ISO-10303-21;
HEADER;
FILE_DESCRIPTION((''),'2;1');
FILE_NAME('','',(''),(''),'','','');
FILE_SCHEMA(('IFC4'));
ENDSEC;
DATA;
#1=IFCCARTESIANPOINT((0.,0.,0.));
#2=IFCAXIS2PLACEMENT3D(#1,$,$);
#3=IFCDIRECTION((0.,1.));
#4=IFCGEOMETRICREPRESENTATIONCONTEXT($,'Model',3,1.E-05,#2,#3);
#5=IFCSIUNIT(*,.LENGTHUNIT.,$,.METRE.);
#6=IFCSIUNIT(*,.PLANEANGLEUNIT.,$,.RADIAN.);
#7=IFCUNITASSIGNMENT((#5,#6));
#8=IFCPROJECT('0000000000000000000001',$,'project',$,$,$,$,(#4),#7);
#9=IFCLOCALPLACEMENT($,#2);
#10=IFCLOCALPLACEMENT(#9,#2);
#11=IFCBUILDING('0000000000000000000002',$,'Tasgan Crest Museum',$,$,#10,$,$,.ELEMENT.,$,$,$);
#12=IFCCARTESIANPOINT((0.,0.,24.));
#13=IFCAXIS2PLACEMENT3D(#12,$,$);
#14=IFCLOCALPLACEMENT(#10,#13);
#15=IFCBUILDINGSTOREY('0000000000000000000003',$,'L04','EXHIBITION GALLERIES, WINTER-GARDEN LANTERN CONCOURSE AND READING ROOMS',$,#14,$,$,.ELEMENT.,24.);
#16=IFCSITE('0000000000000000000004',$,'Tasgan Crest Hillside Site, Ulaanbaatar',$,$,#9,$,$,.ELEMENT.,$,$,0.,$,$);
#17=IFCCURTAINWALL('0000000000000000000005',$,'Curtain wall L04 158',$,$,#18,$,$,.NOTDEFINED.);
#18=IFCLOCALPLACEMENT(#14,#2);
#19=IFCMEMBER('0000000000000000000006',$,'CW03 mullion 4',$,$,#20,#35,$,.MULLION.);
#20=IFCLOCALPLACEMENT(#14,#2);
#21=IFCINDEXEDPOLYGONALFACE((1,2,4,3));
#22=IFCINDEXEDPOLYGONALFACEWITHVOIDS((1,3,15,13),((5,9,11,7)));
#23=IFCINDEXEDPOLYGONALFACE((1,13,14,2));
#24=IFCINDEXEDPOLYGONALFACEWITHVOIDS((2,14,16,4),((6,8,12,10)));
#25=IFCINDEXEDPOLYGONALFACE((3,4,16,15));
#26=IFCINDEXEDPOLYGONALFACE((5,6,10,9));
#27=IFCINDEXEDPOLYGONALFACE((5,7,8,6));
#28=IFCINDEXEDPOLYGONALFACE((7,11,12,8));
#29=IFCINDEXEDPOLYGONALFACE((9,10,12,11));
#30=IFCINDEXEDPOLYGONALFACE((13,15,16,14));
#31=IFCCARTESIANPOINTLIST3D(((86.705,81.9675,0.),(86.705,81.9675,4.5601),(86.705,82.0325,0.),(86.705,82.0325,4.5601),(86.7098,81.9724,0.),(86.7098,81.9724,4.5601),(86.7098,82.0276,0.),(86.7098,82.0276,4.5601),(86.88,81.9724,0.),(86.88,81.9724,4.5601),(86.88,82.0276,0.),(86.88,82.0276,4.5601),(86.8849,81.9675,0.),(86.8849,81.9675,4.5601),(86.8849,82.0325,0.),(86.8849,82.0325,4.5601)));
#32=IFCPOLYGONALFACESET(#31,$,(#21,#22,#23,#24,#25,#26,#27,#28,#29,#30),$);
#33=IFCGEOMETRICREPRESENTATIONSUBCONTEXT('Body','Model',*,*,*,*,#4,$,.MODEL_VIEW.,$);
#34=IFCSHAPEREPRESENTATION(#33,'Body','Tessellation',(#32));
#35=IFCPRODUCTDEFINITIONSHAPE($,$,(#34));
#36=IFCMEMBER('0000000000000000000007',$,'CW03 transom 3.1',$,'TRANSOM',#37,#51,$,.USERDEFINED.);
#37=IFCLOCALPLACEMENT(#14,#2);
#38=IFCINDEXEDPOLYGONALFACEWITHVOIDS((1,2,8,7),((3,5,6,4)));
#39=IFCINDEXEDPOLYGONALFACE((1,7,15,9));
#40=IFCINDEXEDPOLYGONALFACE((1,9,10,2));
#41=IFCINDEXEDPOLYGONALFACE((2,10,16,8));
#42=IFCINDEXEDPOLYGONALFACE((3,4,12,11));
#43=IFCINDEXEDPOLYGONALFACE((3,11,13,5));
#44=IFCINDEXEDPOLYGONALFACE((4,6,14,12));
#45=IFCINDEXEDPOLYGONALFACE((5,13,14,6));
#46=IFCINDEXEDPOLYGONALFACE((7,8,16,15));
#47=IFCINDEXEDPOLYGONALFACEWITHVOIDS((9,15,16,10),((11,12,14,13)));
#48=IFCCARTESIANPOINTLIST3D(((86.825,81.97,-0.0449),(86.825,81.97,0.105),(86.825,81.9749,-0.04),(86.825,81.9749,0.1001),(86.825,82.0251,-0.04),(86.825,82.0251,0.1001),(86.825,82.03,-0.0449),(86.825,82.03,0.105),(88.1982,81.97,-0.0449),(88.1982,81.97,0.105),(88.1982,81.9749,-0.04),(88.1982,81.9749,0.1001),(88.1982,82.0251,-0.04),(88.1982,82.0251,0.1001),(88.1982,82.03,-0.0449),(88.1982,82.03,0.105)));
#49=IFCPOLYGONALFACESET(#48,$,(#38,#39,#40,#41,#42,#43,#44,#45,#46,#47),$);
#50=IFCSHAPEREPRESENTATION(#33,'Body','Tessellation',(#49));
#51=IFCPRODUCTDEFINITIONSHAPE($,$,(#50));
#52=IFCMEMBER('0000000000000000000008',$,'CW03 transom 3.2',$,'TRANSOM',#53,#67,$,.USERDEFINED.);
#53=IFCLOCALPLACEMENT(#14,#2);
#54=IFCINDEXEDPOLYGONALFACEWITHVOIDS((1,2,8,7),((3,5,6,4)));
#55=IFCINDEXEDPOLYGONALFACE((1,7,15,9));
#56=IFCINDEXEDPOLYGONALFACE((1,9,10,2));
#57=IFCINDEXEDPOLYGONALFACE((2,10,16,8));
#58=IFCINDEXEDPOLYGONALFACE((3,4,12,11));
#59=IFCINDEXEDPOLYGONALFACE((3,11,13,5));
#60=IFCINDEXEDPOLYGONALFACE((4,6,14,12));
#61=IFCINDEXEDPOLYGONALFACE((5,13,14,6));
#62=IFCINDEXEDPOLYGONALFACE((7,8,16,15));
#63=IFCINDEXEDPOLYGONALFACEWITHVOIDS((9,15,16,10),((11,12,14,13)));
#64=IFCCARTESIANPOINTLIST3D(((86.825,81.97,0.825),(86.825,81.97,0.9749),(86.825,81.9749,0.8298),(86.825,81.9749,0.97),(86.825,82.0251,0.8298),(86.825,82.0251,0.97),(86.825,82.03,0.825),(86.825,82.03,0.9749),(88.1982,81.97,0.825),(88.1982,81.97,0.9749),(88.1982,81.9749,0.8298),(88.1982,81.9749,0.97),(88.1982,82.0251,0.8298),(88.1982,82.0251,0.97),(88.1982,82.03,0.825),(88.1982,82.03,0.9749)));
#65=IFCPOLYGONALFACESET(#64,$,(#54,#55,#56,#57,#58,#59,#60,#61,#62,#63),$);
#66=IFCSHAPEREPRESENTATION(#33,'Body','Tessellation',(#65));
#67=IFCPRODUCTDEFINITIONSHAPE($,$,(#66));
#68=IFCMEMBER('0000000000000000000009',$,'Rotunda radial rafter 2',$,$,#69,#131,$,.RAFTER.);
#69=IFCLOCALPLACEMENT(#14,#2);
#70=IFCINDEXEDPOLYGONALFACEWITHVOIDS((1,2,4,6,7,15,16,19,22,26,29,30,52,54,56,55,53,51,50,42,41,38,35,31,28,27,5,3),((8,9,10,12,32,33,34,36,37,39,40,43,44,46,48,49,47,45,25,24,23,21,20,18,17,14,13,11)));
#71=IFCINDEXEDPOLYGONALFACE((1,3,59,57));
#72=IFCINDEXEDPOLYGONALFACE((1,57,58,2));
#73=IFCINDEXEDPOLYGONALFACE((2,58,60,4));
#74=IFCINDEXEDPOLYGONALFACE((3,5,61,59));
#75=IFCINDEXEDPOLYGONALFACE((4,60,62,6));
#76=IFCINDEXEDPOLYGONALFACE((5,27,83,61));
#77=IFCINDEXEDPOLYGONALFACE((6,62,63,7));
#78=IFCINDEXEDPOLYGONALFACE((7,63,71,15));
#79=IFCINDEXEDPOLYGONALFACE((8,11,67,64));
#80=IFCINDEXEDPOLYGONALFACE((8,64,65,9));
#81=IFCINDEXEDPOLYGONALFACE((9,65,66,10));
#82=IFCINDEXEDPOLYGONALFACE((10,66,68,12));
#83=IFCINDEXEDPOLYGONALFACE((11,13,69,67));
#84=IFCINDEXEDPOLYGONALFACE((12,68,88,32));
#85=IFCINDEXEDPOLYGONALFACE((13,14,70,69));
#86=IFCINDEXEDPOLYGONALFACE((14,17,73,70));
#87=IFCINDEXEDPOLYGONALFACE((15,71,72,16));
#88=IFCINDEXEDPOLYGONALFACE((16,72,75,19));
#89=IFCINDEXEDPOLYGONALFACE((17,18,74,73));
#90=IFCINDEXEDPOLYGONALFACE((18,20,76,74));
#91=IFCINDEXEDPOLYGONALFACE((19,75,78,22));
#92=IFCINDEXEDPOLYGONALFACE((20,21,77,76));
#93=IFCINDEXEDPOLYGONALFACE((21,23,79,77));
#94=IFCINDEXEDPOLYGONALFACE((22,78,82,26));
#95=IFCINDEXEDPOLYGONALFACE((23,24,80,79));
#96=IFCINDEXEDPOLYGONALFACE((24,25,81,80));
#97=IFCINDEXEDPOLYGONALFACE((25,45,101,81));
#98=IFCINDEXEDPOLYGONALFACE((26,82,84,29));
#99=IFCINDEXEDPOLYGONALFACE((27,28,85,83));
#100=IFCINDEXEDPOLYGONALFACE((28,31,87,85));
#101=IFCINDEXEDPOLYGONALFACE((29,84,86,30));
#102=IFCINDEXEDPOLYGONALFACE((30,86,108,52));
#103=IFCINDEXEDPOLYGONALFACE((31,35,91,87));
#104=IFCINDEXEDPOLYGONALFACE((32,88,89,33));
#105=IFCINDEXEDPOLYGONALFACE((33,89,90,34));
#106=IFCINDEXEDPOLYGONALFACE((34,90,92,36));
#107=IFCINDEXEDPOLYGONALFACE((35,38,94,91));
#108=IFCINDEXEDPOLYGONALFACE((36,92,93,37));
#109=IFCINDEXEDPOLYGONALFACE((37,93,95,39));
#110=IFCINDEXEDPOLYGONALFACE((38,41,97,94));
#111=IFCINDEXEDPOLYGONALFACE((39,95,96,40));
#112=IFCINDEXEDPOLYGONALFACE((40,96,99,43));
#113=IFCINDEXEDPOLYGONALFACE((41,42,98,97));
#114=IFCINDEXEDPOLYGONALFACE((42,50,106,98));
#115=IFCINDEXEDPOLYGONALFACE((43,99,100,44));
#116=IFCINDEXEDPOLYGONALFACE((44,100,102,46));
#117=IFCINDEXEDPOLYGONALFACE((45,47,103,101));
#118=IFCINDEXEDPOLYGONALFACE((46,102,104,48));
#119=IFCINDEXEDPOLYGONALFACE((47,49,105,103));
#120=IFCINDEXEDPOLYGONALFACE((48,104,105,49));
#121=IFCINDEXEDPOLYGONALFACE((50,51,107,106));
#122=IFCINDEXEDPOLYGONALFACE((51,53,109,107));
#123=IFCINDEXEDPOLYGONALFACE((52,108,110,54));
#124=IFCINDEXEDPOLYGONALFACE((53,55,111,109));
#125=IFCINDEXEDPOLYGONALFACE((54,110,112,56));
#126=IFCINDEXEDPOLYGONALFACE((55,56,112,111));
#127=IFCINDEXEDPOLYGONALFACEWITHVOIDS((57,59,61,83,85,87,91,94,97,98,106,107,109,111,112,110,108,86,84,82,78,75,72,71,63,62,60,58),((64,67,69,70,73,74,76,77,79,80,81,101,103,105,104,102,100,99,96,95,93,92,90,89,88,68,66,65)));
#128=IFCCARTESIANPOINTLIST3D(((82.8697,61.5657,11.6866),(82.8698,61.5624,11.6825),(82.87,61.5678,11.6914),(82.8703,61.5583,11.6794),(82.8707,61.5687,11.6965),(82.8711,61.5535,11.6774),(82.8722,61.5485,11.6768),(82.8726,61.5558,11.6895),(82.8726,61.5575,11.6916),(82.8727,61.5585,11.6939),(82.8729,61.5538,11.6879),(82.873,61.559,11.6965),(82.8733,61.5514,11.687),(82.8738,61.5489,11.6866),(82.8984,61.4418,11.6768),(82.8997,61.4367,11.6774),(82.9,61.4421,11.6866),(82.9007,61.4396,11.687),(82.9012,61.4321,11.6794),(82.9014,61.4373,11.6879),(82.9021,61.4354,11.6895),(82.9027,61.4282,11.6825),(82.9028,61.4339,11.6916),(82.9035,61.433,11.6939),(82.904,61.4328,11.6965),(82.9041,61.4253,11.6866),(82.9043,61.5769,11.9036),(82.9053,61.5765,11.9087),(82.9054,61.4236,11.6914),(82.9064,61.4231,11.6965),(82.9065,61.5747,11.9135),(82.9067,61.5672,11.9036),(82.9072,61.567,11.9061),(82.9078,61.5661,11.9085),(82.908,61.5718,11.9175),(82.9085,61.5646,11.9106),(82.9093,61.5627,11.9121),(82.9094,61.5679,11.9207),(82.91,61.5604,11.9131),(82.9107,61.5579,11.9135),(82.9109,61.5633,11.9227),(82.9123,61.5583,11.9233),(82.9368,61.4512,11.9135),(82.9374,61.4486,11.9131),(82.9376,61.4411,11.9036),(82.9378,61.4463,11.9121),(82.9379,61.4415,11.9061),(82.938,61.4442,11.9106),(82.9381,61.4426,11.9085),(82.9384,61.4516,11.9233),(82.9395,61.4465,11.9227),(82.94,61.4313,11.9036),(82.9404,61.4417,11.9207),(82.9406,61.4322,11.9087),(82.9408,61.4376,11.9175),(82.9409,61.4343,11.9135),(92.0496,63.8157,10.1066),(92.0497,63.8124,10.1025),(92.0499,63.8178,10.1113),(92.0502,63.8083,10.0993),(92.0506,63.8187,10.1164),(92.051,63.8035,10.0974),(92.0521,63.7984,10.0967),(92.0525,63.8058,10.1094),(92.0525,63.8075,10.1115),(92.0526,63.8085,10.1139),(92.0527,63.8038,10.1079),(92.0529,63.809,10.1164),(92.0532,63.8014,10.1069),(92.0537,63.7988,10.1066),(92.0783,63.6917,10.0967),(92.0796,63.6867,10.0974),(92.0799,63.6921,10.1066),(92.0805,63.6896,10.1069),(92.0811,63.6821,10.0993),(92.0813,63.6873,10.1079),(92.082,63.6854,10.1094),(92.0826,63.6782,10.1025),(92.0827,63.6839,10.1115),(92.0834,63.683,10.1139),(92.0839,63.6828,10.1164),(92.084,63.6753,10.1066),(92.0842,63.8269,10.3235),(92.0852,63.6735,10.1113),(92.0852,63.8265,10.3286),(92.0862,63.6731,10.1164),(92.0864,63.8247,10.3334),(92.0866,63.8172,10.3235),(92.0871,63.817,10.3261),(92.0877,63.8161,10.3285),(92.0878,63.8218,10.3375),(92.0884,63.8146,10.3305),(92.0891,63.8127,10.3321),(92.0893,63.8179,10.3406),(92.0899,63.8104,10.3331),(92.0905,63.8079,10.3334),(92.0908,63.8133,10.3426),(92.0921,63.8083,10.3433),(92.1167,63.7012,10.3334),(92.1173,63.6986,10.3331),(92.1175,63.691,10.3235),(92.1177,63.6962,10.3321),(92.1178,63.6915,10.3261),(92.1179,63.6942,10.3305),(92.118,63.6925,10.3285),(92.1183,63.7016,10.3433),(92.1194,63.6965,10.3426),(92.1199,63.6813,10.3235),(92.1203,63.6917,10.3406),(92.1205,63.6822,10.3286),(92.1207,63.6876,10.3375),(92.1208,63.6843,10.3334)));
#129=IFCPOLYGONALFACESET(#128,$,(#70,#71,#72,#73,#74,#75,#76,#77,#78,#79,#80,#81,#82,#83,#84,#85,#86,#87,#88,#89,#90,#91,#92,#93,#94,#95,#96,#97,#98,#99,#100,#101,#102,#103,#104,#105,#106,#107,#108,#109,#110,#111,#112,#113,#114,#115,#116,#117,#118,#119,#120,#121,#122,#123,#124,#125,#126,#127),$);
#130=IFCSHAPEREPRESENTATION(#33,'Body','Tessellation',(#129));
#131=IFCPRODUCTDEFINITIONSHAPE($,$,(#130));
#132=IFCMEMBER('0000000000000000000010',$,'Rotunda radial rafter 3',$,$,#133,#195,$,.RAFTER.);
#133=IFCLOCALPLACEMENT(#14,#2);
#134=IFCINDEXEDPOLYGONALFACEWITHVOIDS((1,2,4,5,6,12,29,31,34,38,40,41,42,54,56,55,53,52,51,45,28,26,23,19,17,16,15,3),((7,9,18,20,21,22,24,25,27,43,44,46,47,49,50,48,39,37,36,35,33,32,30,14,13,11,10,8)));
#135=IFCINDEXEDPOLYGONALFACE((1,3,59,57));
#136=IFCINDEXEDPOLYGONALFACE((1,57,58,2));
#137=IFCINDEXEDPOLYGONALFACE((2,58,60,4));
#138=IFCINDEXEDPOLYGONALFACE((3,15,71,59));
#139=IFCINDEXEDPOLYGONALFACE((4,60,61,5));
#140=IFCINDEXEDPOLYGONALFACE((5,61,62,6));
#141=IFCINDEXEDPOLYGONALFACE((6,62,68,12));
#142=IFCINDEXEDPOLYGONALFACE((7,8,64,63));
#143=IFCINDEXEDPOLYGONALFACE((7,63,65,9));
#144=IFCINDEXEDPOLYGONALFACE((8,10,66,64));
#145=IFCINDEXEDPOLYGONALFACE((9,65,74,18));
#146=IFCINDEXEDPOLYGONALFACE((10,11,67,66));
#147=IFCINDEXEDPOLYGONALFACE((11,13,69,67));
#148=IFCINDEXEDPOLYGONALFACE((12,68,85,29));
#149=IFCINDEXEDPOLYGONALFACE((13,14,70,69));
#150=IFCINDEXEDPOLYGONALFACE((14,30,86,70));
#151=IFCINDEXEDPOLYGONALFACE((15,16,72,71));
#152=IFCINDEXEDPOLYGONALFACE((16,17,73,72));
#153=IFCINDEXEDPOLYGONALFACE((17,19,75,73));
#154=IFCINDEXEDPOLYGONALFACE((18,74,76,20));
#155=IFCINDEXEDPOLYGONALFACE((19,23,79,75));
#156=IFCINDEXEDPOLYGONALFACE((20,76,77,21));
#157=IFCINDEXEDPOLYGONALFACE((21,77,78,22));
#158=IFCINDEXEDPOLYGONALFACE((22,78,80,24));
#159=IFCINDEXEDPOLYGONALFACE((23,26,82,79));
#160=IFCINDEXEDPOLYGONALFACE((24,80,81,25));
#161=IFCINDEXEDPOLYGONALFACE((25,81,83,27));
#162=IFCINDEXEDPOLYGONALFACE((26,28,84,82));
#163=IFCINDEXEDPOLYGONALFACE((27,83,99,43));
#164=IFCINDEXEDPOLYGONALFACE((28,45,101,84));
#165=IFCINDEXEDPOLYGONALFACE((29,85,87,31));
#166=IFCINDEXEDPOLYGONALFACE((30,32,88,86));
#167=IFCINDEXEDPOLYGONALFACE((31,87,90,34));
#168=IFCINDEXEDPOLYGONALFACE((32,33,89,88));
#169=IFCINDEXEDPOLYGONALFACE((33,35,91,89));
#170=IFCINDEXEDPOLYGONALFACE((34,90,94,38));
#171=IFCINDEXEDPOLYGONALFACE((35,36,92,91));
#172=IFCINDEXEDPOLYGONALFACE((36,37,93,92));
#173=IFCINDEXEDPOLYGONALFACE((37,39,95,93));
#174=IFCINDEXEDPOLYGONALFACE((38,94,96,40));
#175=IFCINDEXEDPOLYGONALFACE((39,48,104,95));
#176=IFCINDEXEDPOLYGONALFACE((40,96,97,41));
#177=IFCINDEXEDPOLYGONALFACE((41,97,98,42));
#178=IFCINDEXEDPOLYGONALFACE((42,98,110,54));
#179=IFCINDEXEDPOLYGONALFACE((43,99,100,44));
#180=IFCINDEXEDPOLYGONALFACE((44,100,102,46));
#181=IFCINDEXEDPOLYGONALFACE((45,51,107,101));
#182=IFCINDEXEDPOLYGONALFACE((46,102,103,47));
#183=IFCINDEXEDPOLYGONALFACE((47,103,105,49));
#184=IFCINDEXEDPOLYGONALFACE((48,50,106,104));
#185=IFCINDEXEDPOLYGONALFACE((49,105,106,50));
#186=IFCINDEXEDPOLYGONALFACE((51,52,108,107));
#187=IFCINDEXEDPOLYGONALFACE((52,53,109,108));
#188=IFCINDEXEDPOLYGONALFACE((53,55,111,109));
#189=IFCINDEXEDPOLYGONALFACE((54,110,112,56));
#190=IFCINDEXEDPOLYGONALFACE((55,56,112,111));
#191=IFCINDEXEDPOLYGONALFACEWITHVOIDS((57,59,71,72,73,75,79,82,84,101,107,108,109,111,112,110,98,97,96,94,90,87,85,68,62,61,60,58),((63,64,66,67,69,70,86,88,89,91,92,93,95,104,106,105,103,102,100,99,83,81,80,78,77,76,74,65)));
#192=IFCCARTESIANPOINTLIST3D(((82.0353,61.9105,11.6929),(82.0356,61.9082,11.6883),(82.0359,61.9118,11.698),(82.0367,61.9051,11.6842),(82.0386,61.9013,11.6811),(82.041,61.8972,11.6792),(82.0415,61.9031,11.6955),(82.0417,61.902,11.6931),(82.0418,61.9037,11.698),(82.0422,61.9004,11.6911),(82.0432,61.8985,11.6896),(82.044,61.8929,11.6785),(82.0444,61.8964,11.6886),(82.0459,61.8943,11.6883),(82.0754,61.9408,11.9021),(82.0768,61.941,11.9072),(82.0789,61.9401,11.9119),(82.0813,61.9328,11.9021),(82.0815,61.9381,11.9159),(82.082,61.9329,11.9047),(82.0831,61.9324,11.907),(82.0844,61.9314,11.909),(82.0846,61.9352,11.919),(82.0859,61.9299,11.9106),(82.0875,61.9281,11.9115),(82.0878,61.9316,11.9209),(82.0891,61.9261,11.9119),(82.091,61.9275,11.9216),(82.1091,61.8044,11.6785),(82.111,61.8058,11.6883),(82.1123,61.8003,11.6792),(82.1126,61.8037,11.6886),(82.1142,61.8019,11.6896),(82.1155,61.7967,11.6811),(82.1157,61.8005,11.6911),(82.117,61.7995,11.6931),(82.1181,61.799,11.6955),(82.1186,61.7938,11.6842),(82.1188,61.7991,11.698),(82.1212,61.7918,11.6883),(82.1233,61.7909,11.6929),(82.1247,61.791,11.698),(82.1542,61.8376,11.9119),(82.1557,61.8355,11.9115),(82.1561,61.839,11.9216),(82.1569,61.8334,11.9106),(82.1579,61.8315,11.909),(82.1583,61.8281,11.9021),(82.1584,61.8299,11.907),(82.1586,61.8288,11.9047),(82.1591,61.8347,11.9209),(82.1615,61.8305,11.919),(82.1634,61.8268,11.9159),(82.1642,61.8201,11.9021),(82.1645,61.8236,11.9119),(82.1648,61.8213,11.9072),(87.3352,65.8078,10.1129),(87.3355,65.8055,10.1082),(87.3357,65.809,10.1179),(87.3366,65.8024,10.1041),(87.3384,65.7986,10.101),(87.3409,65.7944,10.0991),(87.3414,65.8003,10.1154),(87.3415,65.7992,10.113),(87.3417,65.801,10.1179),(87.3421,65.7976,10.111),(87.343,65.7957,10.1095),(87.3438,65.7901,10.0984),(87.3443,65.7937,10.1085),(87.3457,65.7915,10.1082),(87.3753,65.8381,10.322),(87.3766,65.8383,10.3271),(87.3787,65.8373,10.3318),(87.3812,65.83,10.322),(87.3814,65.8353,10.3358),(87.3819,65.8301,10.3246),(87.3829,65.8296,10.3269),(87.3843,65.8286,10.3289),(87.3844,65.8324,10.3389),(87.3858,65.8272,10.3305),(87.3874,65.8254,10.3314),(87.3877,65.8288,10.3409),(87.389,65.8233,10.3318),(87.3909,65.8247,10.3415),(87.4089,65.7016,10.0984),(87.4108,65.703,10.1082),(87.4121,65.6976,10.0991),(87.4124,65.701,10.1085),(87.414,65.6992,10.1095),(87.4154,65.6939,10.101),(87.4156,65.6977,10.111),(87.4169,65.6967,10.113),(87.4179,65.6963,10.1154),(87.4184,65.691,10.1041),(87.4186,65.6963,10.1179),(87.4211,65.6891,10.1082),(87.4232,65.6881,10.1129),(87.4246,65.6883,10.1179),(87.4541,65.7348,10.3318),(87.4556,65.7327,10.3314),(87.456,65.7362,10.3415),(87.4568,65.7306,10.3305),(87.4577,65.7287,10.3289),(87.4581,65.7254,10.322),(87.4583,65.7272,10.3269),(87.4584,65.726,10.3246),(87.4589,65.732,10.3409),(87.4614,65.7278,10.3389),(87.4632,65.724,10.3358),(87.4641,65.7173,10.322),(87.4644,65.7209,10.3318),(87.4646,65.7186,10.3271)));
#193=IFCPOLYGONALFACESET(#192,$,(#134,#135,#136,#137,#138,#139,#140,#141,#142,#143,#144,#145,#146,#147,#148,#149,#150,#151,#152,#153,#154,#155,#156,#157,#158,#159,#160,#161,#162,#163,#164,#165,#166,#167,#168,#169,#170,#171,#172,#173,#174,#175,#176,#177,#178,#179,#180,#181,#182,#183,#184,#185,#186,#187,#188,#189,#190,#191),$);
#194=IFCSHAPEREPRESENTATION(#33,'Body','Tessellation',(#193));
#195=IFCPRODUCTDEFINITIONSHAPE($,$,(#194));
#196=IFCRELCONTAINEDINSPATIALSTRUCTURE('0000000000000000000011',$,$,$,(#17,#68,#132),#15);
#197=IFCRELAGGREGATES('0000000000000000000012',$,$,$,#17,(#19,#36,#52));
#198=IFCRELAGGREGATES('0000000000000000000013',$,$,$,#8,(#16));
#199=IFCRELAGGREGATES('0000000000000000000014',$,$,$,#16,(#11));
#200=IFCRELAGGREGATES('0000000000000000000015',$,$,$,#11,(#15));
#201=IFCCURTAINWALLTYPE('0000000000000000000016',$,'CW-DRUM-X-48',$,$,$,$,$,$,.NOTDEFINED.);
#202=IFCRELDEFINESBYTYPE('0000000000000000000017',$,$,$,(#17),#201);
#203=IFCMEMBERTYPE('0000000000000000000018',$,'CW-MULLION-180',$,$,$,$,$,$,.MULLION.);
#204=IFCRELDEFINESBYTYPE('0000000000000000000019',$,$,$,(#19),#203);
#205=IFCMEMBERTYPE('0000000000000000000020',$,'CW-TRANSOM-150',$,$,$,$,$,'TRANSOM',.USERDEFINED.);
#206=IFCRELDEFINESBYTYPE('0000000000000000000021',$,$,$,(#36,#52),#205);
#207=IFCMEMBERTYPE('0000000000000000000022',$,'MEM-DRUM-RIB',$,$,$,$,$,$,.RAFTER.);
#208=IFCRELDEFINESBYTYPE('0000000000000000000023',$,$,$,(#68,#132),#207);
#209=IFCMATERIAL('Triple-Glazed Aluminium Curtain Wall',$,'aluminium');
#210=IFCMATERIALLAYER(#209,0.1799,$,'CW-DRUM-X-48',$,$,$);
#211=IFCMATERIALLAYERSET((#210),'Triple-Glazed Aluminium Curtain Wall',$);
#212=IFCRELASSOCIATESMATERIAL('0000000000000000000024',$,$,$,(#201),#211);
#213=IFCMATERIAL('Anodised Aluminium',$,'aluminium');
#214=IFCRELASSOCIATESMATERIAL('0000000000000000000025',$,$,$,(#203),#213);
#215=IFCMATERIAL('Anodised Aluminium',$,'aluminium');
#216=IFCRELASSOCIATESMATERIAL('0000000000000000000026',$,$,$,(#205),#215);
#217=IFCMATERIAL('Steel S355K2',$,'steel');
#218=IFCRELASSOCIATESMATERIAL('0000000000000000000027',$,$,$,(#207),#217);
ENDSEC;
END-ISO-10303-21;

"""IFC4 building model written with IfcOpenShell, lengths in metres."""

from ifc_helpers import new_model, si_unit, direction, frame, origin, origin_2d, place, context, subcontext, project, spatial, hollow_rectangle, extrude, material, layer, layer_set, material_profile, profile_set, type_object, element, aggregate, save


model = new_model("IFC4")

# Units and contexts
model_context = context("Model", 3, precision=1e-05, world=origin(), true_north=direction((0.0, 1.0)))
body_context = subcontext(model_context, "Body", "Model", "MODEL_VIEW")
ifc_project = project(units=[si_unit("LENGTHUNIT", "METRE"), si_unit("PLANEANGLEUNIT", "RADIAN")], contexts=[model_context])

# Site, building, storey
site_placement = place(None, origin())
site = spatial("IfcSite", under=ifc_project, at=site_placement, Name="Tasgan Crest Hillside Site, Ulaanbaatar", CompositionType="ELEMENT", RefElevation=0.0)
building_placement = place(site_placement, origin())
building = spatial("IfcBuilding", under=site, at=building_placement, Name="Tasgan Crest Museum", CompositionType="ELEMENT")
storey_placement = place(building_placement, frame((0.0, 0.0, 24.0)))
storey = spatial("IfcBuildingStorey", under=building, at=storey_placement, Name="L04", Description="EXHIBITION GALLERIES, WINTER-GARDEN LANTERN CONCOURSE AND READING ROOMS", CompositionType="ELEMENT", Elevation=24.0)

# Curtain wall, members
ifc_material_1 = material(Name="Triple-Glazed Aluminium Curtain Wall", Category="aluminium")
ifc_layer_1 = layer(ifc_material_1, 0.1799, Name="CW-DRUM-X-48")
ifc_layer_set_1 = layer_set([ifc_layer_1], Name="Triple-Glazed Aluminium Curtain Wall")
curtain_wall_type = type_object("IfcCurtainWallType", Name="CW-DRUM-X-48", PredefinedType="NOTDEFINED", material=ifc_layer_set_1)
curtain_wall_placement = place(storey_placement, origin())
curtain_wall = element("IfcCurtainWall", 1, at=curtain_wall_placement, inside=storey, type_object=curtain_wall_type, Name="Curtain wall L04 158", PredefinedType="NOTDEFINED")
ifc_material_2 = material(Name="Anodised Aluminium", Category="aluminium")
ifc_material_profile_1 = material_profile(ifc_material_2, hollow_rectangle(XDim=0.0649, YDim=0.1799, WallThickness=0.0049, at=origin_2d()), Name="ALU MULLION 180x65x5")
ifc_profile_set_1 = profile_set([ifc_material_profile_1], Name="Anodised Aluminium")
member_type_1 = type_object("IfcMemberType", Name="CW-MULLION-180", PredefinedType="MULLION", material=ifc_profile_set_1)
member_1_placement = place(storey_placement, frame((86.7949, 82.0, 0.0), z_axis=(0.0, 0.0, 1.0), x_axis=(0.0, -1.0, 0.0)))
member_1 = element("IfcMember", 2, at=member_1_placement, type_object=member_type_1, Name="CW03 mullion 4", PredefinedType="MULLION", context=body_context, shape_type="SweptSolid", body=[
    extrude(hollow_rectangle(XDim=0.0649, YDim=0.1799, WallThickness=0.0049, at=origin_2d()), origin(), (0.0, 0.0, 1.0), 4.5601),
])
ifc_material_3 = material(Name="Anodised Aluminium", Category="aluminium")
ifc_material_profile_2 = material_profile(ifc_material_3, hollow_rectangle(XDim=0.0601, YDim=0.1499, WallThickness=0.0049, at=origin_2d()), Name="ALU TRANSOM 150x60x5")
ifc_profile_set_2 = profile_set([ifc_material_profile_2], Name="Anodised Aluminium")
member_type_2 = type_object("IfcMemberType", Name="CW-TRANSOM-150", ElementType="TRANSOM", PredefinedType="USERDEFINED", material=ifc_profile_set_2)
member_2_placement = place(storey_placement, frame((88.1982, 82.0, 0.03), z_axis=(-1.0, 0.0, 0.0), x_axis=(0.0, -1.0, 0.0)))
member_2 = element("IfcMember", 3, at=member_2_placement, type_object=member_type_2, Name="CW03 transom 3.1", ObjectType="TRANSOM", PredefinedType="USERDEFINED", context=body_context, shape_type="SweptSolid", body=[
    extrude(hollow_rectangle(XDim=0.0601, YDim=0.1499, WallThickness=0.0049, at=origin_2d()), origin(), (0.0, 0.0, 1.0), 1.3733),
])
member_3_placement = place(storey_placement, frame((88.1982, 82.0, 0.8999), z_axis=(-1.0, 0.0, 0.0), x_axis=(0.0, -1.0, 0.0)))
member_3 = element("IfcMember", 4, at=member_3_placement, type_object=member_type_2, Name="CW03 transom 3.2", ObjectType="TRANSOM", PredefinedType="USERDEFINED", context=body_context, shape_type="SweptSolid", body=[
    extrude(hollow_rectangle(XDim=0.0601, YDim=0.1499, WallThickness=0.0049, at=origin_2d()), origin(), (0.0, 0.0, 1.0), 1.3733),
])

# Members
ifc_material_4 = material(Name="Steel S355K2", Category="steel")
ifc_material_profile_3 = material_profile(ifc_material_4, hollow_rectangle(XDim=0.1499, YDim=0.25, WallThickness=0.01, InnerFilletRadius=0.01, OuterFilletRadius=0.02, at=origin_2d()), Name="RHS 250x150x10")
ifc_profile_set_3 = profile_set([ifc_material_profile_3], Name="Steel S355K2")
member_type_3 = type_object("IfcMemberType", Name="MEM-DRUM-RIB", PredefinedType="RAFTER", material=ifc_profile_set_3)
member_4_placement = place(storey_placement, frame((92.0852, 63.75, 10.22), z_axis=(-0.957958, -0.234795, 0.164887), x_axis=(0.238054, -0.971252, 0.0)))
element("IfcMember", 5, at=member_4_placement, inside=storey, type_object=member_type_3, Name="Rotunda radial rafter 2", PredefinedType="RAFTER", context=body_context, shape_type="SweptSolid", body=[
    extrude(hollow_rectangle(XDim=0.1499, YDim=0.25, WallThickness=0.01, InnerFilletRadius=0.01, OuterFilletRadius=0.02, at=origin_2d()), origin(), (0.0, 0.0, 1.0), 9.5828),
])
member_5_placement = place(storey_placement, frame((87.3999, 65.7632, 10.22), z_axis=(-0.78335, -0.576037, 0.233547), x_axis=(0.59242, -0.805629, 0.0)))
element("IfcMember", 6, at=member_5_placement, inside=storey, type_object=member_type_3, Name="Rotunda radial rafter 3", PredefinedType="RAFTER", context=body_context, shape_type="SweptSolid", body=[
    extrude(hollow_rectangle(XDim=0.1499, YDim=0.25, WallThickness=0.01, InnerFilletRadius=0.01, OuterFilletRadius=0.02, at=origin_2d()), origin(), (0.0, 0.0, 1.0), 6.7656),
])

aggregate(curtain_wall, [member_1, member_2, member_3])

save(model, "model.ifc")
